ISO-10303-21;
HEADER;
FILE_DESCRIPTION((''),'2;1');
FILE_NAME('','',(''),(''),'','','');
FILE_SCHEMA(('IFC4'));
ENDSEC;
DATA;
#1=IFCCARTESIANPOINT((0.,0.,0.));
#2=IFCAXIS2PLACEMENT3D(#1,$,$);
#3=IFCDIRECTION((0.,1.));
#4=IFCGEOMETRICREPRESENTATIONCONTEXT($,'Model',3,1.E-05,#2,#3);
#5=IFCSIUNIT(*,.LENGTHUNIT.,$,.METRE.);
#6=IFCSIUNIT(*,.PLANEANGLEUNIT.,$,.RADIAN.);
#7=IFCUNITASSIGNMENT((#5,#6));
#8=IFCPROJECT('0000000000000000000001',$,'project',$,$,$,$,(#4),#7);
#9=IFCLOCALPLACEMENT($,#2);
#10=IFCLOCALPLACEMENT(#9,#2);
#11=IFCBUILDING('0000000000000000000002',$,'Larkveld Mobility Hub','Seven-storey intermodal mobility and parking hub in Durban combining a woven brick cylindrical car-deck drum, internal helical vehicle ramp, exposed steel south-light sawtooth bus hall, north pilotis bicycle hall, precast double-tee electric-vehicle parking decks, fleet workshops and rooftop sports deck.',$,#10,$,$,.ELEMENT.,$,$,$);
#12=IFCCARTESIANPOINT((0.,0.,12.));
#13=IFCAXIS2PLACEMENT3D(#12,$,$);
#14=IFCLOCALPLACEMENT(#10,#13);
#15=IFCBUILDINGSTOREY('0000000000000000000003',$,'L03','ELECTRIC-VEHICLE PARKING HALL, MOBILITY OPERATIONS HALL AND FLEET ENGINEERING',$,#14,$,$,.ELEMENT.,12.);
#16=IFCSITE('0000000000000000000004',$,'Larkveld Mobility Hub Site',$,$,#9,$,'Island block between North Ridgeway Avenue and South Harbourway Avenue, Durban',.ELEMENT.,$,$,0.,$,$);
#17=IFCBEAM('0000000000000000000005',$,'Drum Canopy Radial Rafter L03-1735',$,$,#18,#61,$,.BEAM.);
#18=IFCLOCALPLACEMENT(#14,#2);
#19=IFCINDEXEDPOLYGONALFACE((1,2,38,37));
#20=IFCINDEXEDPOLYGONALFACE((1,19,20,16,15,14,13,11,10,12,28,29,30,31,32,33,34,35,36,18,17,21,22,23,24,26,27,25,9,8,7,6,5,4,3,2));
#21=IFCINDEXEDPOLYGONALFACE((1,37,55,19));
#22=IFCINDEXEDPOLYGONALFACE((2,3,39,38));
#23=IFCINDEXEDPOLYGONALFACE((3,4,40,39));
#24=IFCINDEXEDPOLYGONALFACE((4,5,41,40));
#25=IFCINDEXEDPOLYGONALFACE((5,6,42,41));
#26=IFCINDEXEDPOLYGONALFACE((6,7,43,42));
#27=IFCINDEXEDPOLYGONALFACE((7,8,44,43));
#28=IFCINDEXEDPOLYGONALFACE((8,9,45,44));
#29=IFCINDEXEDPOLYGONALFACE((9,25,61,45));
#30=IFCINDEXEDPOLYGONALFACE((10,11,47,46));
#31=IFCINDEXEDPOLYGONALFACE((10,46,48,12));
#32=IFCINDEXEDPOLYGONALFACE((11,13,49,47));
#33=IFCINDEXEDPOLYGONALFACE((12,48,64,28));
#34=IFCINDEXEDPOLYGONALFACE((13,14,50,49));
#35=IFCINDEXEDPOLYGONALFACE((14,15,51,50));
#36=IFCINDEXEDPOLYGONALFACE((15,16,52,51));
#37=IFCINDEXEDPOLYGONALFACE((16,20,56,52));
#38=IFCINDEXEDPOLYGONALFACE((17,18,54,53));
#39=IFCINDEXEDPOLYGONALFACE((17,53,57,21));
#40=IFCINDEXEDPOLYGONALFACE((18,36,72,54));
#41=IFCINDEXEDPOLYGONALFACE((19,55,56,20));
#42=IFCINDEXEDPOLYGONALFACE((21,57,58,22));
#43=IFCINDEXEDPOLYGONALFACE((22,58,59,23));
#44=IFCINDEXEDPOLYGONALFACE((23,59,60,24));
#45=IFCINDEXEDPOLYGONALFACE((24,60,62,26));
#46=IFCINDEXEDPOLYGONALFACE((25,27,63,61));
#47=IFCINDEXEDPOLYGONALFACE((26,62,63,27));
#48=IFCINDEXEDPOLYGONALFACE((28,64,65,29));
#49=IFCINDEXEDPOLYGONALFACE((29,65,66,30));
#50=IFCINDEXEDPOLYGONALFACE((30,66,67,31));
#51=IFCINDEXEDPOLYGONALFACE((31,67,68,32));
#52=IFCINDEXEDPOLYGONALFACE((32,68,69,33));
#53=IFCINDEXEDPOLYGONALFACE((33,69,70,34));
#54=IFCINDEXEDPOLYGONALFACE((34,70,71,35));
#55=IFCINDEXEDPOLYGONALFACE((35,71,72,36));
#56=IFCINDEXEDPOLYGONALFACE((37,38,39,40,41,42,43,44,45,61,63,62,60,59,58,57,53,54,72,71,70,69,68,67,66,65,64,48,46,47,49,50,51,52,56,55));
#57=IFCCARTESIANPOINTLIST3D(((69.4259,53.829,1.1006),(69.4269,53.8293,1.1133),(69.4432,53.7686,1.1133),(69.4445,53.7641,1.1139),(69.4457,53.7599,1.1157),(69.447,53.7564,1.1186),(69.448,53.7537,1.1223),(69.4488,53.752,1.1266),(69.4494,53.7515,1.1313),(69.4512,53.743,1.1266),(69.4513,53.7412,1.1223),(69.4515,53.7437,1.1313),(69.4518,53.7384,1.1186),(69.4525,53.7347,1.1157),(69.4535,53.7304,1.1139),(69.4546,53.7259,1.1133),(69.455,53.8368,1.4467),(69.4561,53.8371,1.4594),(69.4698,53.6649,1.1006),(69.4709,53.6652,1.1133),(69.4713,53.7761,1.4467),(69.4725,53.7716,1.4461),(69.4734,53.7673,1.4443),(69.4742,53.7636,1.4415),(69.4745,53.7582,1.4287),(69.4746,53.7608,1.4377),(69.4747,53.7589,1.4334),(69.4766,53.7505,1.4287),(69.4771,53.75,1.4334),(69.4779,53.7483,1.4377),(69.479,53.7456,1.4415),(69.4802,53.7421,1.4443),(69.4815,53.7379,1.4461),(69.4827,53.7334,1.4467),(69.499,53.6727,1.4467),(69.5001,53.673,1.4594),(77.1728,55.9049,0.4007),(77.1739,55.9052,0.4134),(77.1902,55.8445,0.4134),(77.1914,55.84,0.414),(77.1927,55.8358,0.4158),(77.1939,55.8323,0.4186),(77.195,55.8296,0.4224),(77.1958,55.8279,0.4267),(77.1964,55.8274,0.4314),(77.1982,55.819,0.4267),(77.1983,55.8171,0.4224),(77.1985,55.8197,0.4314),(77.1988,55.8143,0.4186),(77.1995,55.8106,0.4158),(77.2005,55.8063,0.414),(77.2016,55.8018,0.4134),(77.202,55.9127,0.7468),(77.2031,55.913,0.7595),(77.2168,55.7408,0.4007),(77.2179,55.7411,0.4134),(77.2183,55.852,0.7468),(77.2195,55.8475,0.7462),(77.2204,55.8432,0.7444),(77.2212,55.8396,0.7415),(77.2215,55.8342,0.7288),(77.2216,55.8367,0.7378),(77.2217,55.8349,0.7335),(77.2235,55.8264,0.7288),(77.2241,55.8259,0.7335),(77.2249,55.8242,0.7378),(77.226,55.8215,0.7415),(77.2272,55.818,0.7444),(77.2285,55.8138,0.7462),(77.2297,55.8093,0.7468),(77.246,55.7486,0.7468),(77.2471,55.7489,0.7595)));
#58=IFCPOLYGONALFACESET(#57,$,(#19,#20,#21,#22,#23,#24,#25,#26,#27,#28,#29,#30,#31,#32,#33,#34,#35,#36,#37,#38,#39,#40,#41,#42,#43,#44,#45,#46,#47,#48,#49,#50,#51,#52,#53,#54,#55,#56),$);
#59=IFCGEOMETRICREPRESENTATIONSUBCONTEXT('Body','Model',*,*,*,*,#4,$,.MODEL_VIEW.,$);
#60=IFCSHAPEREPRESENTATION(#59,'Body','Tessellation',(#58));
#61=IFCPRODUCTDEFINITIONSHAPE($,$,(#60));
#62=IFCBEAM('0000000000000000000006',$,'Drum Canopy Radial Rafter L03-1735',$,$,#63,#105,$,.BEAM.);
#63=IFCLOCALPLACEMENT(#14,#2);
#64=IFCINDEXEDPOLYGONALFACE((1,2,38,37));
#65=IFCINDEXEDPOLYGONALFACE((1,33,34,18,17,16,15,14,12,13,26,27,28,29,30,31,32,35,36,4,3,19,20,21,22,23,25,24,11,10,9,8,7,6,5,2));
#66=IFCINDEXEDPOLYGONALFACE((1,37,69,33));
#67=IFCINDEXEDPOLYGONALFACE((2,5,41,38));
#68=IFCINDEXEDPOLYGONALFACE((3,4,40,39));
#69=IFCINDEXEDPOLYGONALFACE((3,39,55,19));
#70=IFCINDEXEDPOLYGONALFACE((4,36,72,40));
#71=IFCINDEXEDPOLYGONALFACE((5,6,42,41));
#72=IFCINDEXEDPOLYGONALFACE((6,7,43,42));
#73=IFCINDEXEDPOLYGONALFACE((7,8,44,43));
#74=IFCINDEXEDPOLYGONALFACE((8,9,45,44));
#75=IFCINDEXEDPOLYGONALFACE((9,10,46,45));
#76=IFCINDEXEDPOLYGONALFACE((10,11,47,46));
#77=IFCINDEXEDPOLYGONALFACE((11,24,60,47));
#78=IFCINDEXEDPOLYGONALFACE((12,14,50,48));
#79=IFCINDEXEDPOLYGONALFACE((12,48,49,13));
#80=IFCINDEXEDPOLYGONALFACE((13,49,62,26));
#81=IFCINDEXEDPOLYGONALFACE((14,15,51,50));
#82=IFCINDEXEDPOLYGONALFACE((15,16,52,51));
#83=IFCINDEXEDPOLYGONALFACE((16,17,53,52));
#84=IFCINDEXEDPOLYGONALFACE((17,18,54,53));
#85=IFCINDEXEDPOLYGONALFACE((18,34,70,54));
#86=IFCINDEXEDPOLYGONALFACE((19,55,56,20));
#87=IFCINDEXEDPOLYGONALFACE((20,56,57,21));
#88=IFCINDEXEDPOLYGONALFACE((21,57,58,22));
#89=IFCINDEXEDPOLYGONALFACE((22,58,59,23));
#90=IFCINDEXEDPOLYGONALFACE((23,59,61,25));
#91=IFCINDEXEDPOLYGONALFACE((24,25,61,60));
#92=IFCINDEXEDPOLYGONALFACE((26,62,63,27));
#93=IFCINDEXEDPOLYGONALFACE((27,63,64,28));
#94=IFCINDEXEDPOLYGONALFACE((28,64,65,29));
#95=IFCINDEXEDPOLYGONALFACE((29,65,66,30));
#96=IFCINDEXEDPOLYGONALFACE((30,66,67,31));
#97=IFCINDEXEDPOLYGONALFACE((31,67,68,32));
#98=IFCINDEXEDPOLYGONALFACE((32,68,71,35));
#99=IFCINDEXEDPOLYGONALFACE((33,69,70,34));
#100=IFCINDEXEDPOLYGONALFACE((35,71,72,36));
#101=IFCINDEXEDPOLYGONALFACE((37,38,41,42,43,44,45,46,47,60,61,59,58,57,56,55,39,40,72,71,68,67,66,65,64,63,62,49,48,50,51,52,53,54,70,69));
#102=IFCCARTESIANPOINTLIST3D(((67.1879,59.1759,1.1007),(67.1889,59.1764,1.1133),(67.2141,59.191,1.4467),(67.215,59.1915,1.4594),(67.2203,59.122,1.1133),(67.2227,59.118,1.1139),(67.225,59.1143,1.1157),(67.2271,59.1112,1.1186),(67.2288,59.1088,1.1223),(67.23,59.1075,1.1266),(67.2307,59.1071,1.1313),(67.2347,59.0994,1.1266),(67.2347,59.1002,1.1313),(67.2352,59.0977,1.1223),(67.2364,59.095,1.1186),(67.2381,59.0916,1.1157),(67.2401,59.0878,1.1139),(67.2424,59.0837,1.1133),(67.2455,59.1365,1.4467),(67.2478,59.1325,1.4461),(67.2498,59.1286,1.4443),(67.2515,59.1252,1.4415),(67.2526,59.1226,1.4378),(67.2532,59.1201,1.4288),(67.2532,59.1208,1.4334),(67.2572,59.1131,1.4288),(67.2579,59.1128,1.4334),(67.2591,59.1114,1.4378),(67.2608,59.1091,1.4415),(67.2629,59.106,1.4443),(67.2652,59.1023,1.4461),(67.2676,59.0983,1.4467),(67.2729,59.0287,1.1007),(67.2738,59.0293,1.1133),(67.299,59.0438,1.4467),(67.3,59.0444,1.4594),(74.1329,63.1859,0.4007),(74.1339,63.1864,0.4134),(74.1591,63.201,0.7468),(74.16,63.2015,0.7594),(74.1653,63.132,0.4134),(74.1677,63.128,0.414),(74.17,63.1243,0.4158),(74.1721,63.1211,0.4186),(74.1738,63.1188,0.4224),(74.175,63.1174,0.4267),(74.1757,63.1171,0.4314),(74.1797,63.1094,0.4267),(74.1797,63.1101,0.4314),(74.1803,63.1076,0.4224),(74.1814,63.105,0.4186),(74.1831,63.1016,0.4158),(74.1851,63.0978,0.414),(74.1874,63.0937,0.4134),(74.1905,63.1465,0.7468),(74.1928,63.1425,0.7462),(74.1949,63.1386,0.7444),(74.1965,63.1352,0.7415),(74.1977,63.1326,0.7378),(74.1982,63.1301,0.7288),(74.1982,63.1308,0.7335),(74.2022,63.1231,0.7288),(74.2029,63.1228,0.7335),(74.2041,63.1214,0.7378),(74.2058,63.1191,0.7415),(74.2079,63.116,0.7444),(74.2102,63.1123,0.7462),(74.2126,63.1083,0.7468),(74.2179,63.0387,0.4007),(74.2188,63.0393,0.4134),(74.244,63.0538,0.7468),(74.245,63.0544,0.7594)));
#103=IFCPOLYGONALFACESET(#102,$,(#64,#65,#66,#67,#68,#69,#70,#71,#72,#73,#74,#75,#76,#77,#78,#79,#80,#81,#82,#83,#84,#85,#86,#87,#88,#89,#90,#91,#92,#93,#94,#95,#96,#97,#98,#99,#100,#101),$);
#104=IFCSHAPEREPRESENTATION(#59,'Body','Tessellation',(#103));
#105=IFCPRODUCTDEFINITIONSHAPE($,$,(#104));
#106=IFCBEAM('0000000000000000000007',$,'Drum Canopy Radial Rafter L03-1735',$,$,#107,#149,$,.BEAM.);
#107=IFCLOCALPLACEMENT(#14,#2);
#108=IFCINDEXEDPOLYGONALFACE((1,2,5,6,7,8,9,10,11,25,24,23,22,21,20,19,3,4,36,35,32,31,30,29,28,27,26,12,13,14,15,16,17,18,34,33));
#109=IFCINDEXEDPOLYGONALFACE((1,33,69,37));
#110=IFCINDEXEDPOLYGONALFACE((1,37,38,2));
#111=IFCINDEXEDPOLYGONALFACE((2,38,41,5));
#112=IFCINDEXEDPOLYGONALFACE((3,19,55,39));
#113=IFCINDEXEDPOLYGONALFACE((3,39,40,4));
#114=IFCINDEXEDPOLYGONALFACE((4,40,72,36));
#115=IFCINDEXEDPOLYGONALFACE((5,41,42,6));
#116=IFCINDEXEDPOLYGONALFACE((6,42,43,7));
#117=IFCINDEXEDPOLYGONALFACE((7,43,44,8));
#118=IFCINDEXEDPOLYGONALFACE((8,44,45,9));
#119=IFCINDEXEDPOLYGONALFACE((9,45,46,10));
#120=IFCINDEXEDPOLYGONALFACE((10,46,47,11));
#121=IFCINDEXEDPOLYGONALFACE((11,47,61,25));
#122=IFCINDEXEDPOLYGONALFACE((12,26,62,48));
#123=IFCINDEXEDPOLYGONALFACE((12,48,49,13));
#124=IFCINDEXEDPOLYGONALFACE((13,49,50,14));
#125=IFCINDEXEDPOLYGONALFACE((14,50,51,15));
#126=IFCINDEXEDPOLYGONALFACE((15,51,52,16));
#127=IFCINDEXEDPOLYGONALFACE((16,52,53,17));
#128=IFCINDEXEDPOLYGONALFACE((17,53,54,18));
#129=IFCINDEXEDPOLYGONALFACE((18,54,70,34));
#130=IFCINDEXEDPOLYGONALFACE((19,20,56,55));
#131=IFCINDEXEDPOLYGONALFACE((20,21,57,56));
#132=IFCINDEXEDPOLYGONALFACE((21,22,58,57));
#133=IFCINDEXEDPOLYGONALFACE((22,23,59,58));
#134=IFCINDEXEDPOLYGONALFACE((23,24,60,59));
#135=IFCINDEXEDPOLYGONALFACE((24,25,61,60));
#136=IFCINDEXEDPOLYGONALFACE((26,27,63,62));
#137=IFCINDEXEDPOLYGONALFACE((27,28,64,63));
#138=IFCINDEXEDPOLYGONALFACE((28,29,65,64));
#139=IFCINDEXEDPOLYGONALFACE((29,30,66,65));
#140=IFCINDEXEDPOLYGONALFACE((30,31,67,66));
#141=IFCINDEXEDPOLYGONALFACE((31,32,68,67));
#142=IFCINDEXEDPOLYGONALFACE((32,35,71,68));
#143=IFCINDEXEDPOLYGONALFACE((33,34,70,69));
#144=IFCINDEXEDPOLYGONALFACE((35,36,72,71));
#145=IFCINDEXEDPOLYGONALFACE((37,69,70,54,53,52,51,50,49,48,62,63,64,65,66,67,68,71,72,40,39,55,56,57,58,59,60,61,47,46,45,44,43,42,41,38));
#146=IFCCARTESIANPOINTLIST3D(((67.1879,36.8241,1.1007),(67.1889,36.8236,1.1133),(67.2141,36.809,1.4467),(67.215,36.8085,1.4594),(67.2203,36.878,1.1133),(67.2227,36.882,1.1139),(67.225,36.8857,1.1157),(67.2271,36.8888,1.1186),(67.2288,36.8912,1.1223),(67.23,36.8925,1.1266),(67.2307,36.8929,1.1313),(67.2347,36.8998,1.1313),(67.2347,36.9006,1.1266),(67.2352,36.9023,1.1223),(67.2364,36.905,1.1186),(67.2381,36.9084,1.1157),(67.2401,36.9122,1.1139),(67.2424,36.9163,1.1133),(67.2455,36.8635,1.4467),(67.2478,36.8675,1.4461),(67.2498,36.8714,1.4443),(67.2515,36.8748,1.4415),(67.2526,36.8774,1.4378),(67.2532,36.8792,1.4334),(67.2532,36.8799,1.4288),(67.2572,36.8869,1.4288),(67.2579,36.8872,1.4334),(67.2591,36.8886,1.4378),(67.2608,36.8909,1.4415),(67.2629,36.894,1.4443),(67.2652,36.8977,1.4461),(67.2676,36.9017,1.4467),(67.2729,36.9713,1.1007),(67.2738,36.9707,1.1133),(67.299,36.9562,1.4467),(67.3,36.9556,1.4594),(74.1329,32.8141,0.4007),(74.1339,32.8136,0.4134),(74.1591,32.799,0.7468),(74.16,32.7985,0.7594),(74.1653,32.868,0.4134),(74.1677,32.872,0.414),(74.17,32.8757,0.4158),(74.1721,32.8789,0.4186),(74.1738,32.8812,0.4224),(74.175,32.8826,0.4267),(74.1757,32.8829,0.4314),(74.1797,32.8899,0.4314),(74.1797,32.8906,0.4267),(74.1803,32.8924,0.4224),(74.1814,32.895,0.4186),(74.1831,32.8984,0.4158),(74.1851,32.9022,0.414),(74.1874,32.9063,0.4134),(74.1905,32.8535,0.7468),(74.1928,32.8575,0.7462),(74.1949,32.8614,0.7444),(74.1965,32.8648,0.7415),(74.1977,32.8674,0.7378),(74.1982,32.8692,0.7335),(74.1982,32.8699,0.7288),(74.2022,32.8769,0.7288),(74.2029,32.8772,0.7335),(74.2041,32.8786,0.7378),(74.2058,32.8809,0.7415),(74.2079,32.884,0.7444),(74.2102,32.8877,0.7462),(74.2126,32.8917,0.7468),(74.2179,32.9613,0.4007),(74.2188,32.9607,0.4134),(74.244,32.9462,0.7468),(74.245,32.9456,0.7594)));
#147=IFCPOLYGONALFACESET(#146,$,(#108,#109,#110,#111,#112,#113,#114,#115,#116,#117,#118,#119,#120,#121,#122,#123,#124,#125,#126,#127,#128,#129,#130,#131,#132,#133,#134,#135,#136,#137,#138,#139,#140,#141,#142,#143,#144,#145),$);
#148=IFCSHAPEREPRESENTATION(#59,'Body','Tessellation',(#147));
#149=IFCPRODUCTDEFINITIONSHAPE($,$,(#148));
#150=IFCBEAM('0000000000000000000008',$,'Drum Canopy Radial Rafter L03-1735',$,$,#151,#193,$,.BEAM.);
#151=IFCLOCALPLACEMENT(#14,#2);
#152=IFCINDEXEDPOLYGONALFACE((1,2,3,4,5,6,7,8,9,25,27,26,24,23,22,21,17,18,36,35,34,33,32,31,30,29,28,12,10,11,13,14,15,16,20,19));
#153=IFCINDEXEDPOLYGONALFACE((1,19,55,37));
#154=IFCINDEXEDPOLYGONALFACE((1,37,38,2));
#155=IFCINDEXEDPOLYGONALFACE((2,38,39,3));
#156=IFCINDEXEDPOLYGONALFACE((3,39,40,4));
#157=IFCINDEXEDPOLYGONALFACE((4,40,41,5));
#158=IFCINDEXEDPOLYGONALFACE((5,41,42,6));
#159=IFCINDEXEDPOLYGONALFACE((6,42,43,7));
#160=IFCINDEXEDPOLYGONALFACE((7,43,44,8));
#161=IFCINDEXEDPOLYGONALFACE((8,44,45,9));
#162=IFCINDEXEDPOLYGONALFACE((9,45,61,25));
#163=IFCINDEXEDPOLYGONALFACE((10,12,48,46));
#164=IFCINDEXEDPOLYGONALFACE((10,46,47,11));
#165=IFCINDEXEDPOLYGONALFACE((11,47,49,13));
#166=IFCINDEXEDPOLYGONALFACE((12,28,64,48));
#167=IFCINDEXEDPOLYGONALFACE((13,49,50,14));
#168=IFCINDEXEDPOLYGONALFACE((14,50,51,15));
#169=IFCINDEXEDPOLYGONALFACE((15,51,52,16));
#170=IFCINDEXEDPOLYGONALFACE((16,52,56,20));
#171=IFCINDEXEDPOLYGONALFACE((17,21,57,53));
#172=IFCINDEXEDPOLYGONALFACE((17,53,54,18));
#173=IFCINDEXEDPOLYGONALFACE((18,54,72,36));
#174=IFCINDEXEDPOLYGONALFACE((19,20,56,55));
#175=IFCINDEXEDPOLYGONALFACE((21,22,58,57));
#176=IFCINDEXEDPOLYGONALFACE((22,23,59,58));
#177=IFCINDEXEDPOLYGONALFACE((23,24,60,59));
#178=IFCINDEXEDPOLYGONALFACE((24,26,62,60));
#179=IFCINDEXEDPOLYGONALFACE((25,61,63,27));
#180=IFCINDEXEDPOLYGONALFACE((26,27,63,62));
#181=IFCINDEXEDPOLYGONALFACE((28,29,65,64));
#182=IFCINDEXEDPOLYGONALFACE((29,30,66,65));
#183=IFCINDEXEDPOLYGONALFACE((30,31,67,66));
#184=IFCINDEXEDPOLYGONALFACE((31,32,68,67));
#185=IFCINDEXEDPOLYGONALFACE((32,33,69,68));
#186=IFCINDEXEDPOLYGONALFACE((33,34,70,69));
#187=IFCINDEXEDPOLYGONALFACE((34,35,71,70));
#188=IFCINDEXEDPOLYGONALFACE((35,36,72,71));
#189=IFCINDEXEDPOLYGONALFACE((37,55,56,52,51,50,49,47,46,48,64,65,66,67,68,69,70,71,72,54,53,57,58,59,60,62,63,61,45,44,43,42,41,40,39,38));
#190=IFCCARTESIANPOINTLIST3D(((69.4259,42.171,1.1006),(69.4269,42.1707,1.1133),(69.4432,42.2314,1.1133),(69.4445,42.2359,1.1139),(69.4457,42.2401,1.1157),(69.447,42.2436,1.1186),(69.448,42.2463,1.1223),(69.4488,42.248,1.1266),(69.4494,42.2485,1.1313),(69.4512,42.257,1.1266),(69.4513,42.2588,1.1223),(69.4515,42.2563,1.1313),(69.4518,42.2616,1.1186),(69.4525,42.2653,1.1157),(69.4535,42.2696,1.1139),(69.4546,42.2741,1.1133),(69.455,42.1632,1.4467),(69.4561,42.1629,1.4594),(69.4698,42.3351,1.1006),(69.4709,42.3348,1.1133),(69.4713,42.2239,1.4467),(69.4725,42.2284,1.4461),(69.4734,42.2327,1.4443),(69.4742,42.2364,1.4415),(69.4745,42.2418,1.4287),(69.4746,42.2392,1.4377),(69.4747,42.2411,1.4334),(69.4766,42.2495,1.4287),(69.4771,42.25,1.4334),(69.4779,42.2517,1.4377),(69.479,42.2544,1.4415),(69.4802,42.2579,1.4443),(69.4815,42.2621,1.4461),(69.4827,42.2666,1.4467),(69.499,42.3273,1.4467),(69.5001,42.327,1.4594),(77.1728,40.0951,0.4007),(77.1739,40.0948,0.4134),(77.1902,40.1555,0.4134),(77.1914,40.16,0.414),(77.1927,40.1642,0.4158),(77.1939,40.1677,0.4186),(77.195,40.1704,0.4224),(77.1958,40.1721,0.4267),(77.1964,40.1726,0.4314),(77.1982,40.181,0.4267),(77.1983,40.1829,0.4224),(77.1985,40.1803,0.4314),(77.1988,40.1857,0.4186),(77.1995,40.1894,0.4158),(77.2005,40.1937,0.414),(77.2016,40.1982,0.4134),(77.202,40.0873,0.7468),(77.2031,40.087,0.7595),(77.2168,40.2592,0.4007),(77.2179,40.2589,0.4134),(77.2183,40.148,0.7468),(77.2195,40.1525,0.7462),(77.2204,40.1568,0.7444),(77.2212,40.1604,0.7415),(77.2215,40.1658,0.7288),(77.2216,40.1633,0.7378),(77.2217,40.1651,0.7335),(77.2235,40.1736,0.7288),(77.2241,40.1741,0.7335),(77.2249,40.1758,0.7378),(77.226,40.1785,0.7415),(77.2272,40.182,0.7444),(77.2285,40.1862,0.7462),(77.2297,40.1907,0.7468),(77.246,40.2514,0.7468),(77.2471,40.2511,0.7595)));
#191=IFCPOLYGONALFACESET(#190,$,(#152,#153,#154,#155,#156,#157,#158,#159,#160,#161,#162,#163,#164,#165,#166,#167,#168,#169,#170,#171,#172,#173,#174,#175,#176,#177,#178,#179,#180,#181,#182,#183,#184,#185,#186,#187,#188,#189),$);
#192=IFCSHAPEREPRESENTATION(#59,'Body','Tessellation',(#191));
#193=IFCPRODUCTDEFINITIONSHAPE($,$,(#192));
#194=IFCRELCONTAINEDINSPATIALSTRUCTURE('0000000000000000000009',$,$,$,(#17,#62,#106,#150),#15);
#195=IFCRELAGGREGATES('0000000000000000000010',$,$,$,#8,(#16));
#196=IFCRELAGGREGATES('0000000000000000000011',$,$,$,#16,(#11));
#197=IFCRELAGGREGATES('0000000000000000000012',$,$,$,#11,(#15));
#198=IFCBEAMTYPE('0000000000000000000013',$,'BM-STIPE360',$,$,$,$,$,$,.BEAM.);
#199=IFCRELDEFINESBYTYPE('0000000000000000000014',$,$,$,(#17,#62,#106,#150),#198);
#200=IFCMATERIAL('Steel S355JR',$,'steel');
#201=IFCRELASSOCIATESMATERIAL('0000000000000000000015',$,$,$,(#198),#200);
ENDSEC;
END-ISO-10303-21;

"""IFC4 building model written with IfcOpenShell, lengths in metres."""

from ifc_helpers import new_model, si_unit, direction, frame, origin, origin_2d, place, context, subcontext, project, spatial, i_section, extrude, material, material_profile, profile_set, type_object, element, save


model = new_model("IFC4")

# Units and contexts
model_context = context("Model", 3, precision=1e-05, world=origin(), true_north=direction((0.0, 1.0)))
body_context = subcontext(model_context, "Body", "Model", "MODEL_VIEW")
ifc_project = project(units=[si_unit("LENGTHUNIT", "METRE"), si_unit("PLANEANGLEUNIT", "RADIAN")], contexts=[model_context])

# Site, building, storey
site_placement = place(None, origin())
site = spatial("IfcSite", under=ifc_project, at=site_placement, Name="Larkveld Mobility Hub Site", LongName="Island block between North Ridgeway Avenue and South Harbourway Avenue, Durban", CompositionType="ELEMENT", RefElevation=0.0)
building_placement = place(site_placement, origin())
building = spatial("IfcBuilding", under=site, at=building_placement, Name="Larkveld Mobility Hub", Description="Seven-storey intermodal mobility and parking hub in Durban combining a woven brick cylindrical car-deck drum, internal helical vehicle ramp, exposed steel south-light sawtooth bus hall, north pilotis bicycle hall, precast double-tee electric-vehicle parking decks, fleet workshops and rooftop sports deck.", CompositionType="ELEMENT")
storey_placement = place(building_placement, frame((0.0, 0.0, 12.0)))
storey = spatial("IfcBuildingStorey", under=building, at=storey_placement, Name="L03", Description="ELECTRIC-VEHICLE PARKING HALL, MOBILITY OPERATIONS HALL AND FLEET ENGINEERING", CompositionType="ELEMENT", Elevation=12.0)

# Shared definitions
ifc_material_1 = material(Name="Steel S355JR", Category="steel")

# Beams
ifc_material_profile_1 = material_profile(ifc_material_1, i_section(OverallWidth=0.1699, OverallDepth=0.3601, WebThickness=0.0081, FlangeThickness=0.0127, FilletRadius=0.0181, at=origin_2d()), Name="IPE 360")
ifc_profile_set_1 = profile_set([ifc_material_profile_1], Name="Steel S355JR")
beam_type_1 = type_object("IfcBeamType", Name="BM-STIPE360", PredefinedType="BEAM", material=ifc_profile_set_1)
beam_1_placement = place(storey_placement, frame((77.21, 55.8269, 0.5801), z_axis=(-0.962265, -0.257851, 0.086941), x_axis=(0.258831, -0.965923, 0.0)))
element("IfcBeam", 1, at=beam_1_placement, inside=storey, type_object=beam_type_1, Name="Drum Canopy Radial Rafter L03-1735", PredefinedType="BEAM", context=body_context, shape_type="SweptSolid", body=[
    extrude(i_section(OverallWidth=0.1699, OverallDepth=0.3601, WebThickness=0.0081, FlangeThickness=0.0127, FilletRadius=0.0181, at=origin_2d()), origin(), (0.0, 0.0, 1.0), 8.0508),
])
for number, where, z_axis, x_axis, name in (
    (2, (74.189, 63.1201, 0.5801), (-0.862731, -0.498132, 0.086949), (0.500026, -0.866011, 0.0), "Drum Canopy Radial Rafter L03-1735"),
    (3, (74.189, 32.8799, 0.5801), (-0.862731, 0.498132, 0.086949), (-0.500026, -0.866011, 0.0), "Drum Canopy Radial Rafter L03-1735"),
):
    element("IfcBeam", number, at=place(storey_placement, frame(where, z_axis=z_axis, x_axis=x_axis)), inside=storey, type_object=beam_type_1, Name=name, PredefinedType="BEAM", context=body_context, shape_type="SweptSolid", body=[
        extrude(i_section(OverallWidth=0.1699, OverallDepth=0.3601, WebThickness=0.0081, FlangeThickness=0.0127, FilletRadius=0.0181, at=origin_2d()), origin(), (0.0, 0.0, 1.0), 8.05),
    ])
beam_2_placement = place(storey_placement, frame((77.21, 40.1731, 0.5801), z_axis=(-0.962265, 0.257851, 0.086941), x_axis=(-0.258831, -0.965923, 0.0)))
element("IfcBeam", 4, at=beam_2_placement, inside=storey, type_object=beam_type_1, Name="Drum Canopy Radial Rafter L03-1735", PredefinedType="BEAM", context=body_context, shape_type="SweptSolid", body=[
    extrude(i_section(OverallWidth=0.1699, OverallDepth=0.3601, WebThickness=0.0081, FlangeThickness=0.0127, FilletRadius=0.0181, at=origin_2d()), origin(), (0.0, 0.0, 1.0), 8.0508),
])

save(model, "model.ifc")
